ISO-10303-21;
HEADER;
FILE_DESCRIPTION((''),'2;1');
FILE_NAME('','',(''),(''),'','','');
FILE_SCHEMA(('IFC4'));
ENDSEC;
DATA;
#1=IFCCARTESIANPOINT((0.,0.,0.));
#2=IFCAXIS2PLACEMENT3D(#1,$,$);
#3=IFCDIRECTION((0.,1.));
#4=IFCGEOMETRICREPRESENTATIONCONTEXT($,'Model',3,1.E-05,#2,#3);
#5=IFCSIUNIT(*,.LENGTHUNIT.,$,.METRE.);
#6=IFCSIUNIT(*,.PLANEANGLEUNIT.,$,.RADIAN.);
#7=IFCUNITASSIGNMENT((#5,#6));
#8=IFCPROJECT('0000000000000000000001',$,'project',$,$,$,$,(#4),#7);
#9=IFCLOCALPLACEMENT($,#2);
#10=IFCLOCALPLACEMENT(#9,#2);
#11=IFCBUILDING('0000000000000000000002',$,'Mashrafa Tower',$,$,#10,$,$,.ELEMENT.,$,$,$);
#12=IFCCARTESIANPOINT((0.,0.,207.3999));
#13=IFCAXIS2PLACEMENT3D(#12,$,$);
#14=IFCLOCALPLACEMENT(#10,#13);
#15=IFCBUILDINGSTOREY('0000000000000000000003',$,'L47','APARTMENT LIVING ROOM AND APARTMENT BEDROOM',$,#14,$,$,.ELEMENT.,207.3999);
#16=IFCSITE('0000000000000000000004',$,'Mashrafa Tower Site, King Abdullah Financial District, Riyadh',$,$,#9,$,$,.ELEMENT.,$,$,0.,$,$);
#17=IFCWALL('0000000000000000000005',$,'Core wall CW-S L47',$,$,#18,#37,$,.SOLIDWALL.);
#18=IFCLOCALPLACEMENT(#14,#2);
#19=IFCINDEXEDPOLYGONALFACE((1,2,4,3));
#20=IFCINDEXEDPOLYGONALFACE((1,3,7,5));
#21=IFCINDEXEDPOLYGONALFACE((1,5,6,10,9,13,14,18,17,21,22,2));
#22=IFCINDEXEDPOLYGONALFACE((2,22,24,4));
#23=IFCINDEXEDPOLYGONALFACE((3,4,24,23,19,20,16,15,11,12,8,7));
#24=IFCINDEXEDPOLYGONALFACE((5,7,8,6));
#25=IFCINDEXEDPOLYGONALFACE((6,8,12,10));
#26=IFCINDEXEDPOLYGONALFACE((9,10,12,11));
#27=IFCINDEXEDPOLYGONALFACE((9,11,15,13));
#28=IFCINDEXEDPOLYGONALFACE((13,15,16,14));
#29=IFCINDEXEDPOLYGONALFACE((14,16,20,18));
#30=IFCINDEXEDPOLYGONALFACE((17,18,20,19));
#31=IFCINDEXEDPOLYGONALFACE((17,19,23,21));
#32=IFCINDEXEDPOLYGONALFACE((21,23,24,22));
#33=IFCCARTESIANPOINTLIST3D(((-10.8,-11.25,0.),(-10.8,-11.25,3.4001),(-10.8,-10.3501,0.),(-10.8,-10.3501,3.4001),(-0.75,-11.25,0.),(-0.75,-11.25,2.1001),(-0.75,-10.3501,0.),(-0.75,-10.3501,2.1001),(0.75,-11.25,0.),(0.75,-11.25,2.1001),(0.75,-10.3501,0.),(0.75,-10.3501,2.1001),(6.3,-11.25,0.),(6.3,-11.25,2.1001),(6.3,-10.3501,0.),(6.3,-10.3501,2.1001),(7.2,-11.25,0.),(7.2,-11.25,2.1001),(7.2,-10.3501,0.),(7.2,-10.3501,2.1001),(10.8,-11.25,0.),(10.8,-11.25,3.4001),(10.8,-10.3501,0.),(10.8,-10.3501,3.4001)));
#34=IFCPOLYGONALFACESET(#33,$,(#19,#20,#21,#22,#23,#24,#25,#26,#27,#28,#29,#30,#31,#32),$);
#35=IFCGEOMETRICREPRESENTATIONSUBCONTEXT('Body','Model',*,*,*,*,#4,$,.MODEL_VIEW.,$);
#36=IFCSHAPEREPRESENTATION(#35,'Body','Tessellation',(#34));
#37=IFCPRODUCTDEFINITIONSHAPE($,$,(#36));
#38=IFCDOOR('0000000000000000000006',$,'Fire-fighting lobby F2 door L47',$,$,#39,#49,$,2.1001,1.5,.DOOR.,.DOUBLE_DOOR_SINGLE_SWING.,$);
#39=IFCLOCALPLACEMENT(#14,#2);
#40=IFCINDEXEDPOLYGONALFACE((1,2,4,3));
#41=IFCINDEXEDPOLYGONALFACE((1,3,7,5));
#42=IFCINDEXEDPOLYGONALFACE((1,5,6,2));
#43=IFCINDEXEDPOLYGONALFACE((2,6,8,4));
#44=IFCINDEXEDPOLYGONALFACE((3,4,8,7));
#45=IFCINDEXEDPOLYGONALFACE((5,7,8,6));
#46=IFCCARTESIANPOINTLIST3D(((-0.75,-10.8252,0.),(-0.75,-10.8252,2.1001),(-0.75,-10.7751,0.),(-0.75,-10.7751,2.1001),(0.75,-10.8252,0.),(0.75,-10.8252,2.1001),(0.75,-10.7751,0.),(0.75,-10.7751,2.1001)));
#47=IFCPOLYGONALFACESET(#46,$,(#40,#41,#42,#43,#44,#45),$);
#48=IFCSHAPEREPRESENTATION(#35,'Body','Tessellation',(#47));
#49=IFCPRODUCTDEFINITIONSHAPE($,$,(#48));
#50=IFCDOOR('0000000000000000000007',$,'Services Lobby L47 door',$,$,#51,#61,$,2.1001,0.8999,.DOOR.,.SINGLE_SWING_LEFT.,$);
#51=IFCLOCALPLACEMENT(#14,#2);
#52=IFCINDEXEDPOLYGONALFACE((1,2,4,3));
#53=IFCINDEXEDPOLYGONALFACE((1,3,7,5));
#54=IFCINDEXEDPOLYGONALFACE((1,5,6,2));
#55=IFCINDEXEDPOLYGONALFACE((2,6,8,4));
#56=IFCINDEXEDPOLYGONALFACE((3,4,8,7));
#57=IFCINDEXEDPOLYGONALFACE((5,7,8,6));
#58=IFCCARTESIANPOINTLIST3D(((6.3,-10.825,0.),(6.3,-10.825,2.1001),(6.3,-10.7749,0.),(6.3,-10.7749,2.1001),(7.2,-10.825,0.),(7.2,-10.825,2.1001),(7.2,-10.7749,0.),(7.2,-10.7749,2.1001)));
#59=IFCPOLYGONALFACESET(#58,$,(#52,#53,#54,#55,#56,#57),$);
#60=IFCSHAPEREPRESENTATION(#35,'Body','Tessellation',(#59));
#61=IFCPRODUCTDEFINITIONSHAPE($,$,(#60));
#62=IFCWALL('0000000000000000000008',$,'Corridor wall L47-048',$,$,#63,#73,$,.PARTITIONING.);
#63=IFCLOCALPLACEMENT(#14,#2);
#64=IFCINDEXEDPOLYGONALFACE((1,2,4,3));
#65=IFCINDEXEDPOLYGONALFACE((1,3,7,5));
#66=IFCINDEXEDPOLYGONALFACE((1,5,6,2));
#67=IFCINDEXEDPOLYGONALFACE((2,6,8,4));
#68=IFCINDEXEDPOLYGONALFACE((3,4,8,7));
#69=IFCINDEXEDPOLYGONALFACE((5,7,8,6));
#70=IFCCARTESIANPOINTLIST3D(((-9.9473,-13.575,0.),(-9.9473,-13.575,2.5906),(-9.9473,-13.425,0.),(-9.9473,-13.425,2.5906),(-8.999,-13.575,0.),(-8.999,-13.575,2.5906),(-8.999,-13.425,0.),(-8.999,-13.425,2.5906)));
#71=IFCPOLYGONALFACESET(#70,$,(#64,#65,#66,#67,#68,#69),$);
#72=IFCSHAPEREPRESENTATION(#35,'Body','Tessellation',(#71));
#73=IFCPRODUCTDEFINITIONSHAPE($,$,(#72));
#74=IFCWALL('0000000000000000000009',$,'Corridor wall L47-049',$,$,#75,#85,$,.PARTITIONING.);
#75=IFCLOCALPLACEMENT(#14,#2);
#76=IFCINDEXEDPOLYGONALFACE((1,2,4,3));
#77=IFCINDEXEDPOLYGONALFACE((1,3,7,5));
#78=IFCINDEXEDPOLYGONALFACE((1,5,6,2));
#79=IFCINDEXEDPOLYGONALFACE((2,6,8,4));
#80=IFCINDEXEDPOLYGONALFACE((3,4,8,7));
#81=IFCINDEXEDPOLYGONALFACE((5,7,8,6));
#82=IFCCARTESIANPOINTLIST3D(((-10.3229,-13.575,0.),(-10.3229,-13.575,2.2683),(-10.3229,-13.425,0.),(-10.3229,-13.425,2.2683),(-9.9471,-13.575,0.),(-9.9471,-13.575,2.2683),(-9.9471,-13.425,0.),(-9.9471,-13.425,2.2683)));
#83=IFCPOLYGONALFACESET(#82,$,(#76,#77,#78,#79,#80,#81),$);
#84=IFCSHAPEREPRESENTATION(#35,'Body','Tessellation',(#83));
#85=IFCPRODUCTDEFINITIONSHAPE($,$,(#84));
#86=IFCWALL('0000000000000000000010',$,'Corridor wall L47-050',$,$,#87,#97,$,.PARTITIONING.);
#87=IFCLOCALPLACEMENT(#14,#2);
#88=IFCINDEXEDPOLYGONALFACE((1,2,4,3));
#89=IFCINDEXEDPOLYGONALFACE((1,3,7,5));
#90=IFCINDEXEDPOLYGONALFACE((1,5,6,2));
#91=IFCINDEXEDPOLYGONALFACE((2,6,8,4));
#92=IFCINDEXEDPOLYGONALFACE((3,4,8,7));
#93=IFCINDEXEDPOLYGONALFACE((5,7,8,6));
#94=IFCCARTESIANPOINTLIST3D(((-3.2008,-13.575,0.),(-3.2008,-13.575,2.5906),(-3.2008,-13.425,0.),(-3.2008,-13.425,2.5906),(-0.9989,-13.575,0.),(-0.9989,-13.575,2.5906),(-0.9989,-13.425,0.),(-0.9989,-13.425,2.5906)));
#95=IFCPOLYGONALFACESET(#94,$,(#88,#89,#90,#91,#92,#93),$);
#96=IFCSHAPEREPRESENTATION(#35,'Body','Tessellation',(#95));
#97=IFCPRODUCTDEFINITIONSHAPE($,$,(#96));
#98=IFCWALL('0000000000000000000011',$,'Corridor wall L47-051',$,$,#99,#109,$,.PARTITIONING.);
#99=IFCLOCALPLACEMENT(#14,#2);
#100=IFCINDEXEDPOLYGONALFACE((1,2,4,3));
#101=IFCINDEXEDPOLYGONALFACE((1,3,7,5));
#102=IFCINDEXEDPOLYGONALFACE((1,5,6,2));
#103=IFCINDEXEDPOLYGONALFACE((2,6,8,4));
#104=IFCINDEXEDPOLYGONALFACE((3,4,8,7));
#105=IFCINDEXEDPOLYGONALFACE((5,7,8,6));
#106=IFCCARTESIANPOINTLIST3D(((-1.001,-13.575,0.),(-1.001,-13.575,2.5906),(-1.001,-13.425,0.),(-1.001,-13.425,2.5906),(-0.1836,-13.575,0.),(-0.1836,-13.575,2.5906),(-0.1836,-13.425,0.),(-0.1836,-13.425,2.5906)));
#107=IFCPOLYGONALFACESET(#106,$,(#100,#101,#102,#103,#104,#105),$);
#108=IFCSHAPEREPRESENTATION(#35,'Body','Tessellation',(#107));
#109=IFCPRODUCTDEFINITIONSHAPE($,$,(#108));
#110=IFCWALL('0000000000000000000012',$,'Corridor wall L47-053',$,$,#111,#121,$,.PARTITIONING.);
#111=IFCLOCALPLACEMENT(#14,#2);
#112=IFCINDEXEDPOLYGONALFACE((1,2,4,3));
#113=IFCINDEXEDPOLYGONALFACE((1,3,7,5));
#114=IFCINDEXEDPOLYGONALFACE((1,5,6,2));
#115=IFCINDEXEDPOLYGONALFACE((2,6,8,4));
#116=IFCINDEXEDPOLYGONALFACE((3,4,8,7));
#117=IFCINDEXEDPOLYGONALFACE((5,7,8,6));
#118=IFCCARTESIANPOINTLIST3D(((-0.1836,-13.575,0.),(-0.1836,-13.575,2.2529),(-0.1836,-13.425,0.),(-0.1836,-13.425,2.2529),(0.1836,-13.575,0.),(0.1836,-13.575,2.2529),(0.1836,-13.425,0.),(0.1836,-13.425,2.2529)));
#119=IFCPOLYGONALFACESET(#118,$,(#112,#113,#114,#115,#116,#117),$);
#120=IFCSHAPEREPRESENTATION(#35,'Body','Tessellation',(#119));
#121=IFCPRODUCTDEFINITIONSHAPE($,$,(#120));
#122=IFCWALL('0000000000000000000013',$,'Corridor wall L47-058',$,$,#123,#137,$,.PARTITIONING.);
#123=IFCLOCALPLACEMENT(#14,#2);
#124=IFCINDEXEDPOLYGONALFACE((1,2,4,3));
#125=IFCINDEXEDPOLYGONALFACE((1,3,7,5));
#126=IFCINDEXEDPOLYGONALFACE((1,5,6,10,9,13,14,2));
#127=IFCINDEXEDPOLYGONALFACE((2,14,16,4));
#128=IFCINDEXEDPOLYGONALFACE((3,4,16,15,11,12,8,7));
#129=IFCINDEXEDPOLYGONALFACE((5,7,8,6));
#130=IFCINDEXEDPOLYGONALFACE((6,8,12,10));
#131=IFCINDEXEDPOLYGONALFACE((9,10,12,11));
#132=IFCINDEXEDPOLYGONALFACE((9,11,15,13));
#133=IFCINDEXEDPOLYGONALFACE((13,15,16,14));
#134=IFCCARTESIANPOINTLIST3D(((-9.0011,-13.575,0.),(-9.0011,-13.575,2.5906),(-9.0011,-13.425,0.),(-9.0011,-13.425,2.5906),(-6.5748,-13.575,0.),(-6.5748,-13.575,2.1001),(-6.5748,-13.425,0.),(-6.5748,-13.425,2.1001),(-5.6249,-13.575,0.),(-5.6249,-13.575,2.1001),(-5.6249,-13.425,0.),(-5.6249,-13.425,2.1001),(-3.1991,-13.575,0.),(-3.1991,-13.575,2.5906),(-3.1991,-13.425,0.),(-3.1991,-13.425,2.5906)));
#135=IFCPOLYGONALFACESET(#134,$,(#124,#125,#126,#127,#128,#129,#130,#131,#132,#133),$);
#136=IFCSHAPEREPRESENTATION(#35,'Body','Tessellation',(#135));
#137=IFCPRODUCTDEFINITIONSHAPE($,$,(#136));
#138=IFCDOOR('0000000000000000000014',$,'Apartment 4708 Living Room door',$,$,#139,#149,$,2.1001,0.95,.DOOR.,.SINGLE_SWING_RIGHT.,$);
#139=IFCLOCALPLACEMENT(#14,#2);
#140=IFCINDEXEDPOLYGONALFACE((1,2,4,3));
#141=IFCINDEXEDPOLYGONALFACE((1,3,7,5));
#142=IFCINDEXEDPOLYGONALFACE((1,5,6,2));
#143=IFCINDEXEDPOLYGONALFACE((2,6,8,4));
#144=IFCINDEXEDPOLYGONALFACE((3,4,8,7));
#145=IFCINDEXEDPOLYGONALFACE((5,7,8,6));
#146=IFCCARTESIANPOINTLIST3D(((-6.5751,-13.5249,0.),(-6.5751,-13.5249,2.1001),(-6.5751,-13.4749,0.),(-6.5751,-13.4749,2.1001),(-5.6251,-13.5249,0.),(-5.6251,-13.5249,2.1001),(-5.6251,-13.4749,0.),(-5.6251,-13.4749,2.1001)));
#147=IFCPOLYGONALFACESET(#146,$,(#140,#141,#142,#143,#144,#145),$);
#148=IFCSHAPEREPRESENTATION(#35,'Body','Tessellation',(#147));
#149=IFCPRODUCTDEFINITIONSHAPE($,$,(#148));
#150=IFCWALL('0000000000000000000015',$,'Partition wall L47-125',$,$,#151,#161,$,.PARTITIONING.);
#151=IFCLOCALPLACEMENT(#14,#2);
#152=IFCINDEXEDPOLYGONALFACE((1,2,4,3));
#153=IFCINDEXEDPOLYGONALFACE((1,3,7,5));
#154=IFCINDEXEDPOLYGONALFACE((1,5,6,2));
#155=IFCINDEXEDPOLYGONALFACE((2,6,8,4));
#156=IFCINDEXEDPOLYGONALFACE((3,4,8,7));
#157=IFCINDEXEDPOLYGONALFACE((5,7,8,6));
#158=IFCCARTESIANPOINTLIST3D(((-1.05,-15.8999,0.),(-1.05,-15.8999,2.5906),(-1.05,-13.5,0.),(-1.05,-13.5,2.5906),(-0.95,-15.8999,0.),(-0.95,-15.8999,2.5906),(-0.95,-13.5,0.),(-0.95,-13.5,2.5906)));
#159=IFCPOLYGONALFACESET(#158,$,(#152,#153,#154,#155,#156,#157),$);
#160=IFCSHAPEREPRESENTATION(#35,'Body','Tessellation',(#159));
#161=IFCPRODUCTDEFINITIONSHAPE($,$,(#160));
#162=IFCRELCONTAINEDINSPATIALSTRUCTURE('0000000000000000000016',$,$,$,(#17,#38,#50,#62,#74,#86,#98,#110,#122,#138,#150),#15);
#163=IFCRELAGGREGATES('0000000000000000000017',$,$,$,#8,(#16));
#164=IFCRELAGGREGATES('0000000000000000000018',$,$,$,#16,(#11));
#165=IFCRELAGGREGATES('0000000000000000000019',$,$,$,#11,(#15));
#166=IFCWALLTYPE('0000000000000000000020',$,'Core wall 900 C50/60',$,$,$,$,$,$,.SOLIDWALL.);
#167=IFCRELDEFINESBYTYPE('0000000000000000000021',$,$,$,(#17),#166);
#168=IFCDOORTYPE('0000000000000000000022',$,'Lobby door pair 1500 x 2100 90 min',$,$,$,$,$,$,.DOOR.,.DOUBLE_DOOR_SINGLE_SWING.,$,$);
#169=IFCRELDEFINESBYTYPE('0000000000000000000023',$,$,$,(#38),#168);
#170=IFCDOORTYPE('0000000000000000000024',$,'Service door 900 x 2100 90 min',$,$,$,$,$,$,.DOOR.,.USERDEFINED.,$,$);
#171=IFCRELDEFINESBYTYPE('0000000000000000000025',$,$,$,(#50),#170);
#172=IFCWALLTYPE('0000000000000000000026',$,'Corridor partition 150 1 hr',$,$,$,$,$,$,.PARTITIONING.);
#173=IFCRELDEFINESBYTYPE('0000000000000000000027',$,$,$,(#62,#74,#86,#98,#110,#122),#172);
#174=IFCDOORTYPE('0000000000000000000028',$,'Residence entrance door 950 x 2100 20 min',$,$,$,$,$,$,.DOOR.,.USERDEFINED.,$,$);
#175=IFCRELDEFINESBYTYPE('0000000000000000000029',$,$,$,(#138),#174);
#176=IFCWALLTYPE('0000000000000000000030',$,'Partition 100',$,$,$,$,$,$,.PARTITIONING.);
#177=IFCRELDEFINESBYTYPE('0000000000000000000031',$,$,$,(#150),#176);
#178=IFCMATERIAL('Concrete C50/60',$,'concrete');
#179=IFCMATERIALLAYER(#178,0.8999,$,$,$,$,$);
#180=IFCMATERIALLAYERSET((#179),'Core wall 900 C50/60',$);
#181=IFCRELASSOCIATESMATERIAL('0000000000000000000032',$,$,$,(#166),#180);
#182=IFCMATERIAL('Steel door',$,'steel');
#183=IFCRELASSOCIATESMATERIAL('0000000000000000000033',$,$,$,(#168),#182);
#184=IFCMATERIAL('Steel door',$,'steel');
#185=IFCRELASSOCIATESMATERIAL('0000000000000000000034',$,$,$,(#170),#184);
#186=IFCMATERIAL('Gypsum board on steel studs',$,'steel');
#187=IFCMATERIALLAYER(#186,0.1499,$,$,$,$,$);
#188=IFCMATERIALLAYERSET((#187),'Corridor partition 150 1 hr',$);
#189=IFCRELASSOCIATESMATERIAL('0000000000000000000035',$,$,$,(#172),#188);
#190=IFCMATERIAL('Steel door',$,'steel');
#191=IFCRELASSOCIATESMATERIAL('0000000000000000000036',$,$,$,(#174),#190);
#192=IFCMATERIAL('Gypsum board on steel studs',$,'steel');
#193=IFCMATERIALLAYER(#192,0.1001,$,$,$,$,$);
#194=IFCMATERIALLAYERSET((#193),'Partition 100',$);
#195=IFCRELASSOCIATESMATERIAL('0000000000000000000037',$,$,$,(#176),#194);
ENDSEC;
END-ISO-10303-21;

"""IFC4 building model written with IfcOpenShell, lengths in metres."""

from ifc_helpers import new_model, si_unit, direction, frame, frame_2d, origin, place, context, subcontext, project, spatial, rectangle, extrude, material, layer, layer_set, type_object, element, fill, save


model = new_model("IFC4")

# Units and contexts
model_context = context("Model", 3, precision=1e-05, world=origin(), true_north=direction((0.0, 1.0)))
body_context = subcontext(model_context, "Body", "Model", "MODEL_VIEW")
ifc_project = project(units=[si_unit("LENGTHUNIT", "METRE"), si_unit("PLANEANGLEUNIT", "RADIAN")], contexts=[model_context])

# Site, building, storey
site_placement = place(None, origin())
site = spatial("IfcSite", under=ifc_project, at=site_placement, Name="Mashrafa Tower Site, King Abdullah Financial District, Riyadh", CompositionType="ELEMENT", RefElevation=0.0)
building_placement = place(site_placement, origin())
building = spatial("IfcBuilding", under=site, at=building_placement, Name="Mashrafa Tower", CompositionType="ELEMENT")
storey_placement = place(building_placement, frame((0.0, 0.0, 207.3999)))
storey = spatial("IfcBuildingStorey", under=building, at=storey_placement, Name="L47", Description="APARTMENT LIVING ROOM AND APARTMENT BEDROOM", CompositionType="ELEMENT", Elevation=207.3999)

# Wall, openings, doors
ifc_material_1 = material(Name="Concrete C50/60", Category="concrete")
ifc_layer_1 = layer(ifc_material_1, 0.8999)
ifc_layer_set_1 = layer_set([ifc_layer_1], Name="Core wall 900 C50/60")
wall_type_1 = type_object("IfcWallType", Name="Core wall 900 C50/60", PredefinedType="SOLIDWALL", material=ifc_layer_set_1)
wall_1_placement = place(storey_placement, frame((-10.8, -10.8, 0.0), z_axis=(0.0, 0.0, 1.0), x_axis=(1.0, 0.0, 0.0)))
wall_1 = element("IfcWall", 1, at=wall_1_placement, inside=storey, type_object=wall_type_1, Name="Core wall CW-S L47", PredefinedType="SOLIDWALL", context=body_context, shape_type="SweptSolid", body=[
    extrude(rectangle(XDim=21.6001, YDim=0.8999, at=frame_2d((10.8, 0.0))), origin(), (0.0, 0.0, 1.0), 3.4001),
])
opening_1_placement = place(wall_1_placement, frame((10.05, 0.0, 0.0)))
opening_1 = element("IfcOpeningElement", 2, at=opening_1_placement, cuts=wall_1, PredefinedType="OPENING", context=body_context, shape_type="SweptSolid", body=[
    extrude(rectangle(XDim=1.5, YDim=2.1001, at=frame_2d((0.75, 1.05))), frame((0.0, 0.46, 0.0), z_axis=(0.0, -1.0, 0.0), x_axis=(1.0, 0.0, 0.0)), (0.0, 0.0, 1.0), 0.9199),
])
opening_2_placement = place(wall_1_placement, frame((17.1001, 0.0, 0.0)))
opening_2 = element("IfcOpeningElement", 3, at=opening_2_placement, cuts=wall_1, PredefinedType="OPENING", context=body_context, shape_type="SweptSolid", body=[
    extrude(rectangle(XDim=0.8999, YDim=2.1001, at=frame_2d((0.45, 1.05))), frame((0.0, 0.46, 0.0), z_axis=(0.0, -1.0, 0.0), x_axis=(1.0, 0.0, 0.0)), (0.0, 0.0, 1.0), 0.9199),
])
ifc_material_2 = material(Name="Steel door", Category="steel")
door_type_1 = type_object("IfcDoorType", Name="Lobby door pair 1500 x 2100 90 min", OperationType="DOUBLE_DOOR_SINGLE_SWING", PredefinedType="DOOR", material=ifc_material_2)
door_1_placement = place(opening_1_placement, origin())
door_1 = element("IfcDoor", 4, at=door_1_placement, inside=storey, type_object=door_type_1, Name="Fire-fighting lobby F2 door L47", OperationType="DOUBLE_DOOR_SINGLE_SWING", OverallHeight=2.1001, OverallWidth=1.5, PredefinedType="DOOR", context=body_context, shape_type="SweptSolid", body=[
    extrude(rectangle(XDim=1.5, YDim=2.1001, at=frame_2d((0.75, 1.05))), frame((0.0, 0.0249, 0.0), z_axis=(0.0, -1.0, 0.0), x_axis=(1.0, 0.0, 0.0)), (0.0, 0.0, 1.0), 0.05),
])
fill(opening_1, door_1)
ifc_material_3 = material(Name="Steel door", Category="steel")
door_type_2 = type_object("IfcDoorType", Name="Service door 900 x 2100 90 min", OperationType="USERDEFINED", PredefinedType="DOOR", material=ifc_material_3)
door_2_placement = place(opening_2_placement, frame((0.8999, 0.0, 0.0), z_axis=(0.0, 0.0, 1.0), x_axis=(-1.0, 0.0, 0.0)))
door_2 = element("IfcDoor", 5, at=door_2_placement, inside=storey, type_object=door_type_2, Name="Services Lobby L47 door", OperationType="SINGLE_SWING_LEFT", OverallHeight=2.1001, OverallWidth=0.8999, PredefinedType="DOOR", context=body_context, shape_type="SweptSolid", body=[
    extrude(rectangle(XDim=0.8999, YDim=2.1001, at=frame_2d((0.45, 1.05))), frame((0.0, 0.0249, 0.0), z_axis=(0.0, -1.0, 0.0), x_axis=(1.0, 0.0, 0.0)), (0.0, 0.0, 1.0), 0.05),
])
fill(opening_2, door_2)

# Walls
ifc_material_4 = material(Name="Gypsum board on steel studs", Category="steel")
ifc_layer_2 = layer(ifc_material_4, 0.1499)
ifc_layer_set_2 = layer_set([ifc_layer_2], Name="Corridor partition 150 1 hr")
wall_type_2 = type_object("IfcWallType", Name="Corridor partition 150 1 hr", PredefinedType="PARTITIONING", material=ifc_layer_set_2)
wall_2_placement = place(storey_placement, frame((-9.9473, -13.5, 0.0), z_axis=(0.0, 0.0, 1.0), x_axis=(1.0, 0.0, 0.0)))
element("IfcWall", 6, at=wall_2_placement, inside=storey, type_object=wall_type_2, Name="Corridor wall L47-048", PredefinedType="PARTITIONING", context=body_context, shape_type="SweptSolid", body=[
    extrude(rectangle(XDim=0.9482, YDim=0.1499, at=frame_2d((0.4741, 0.0))), origin(), (0.0, 0.0, 1.0), 2.5906),
])
wall_3_placement = place(storey_placement, frame((-10.323, -13.5, 0.0), z_axis=(0.0, 0.0, 1.0), x_axis=(1.0, 0.0, 0.0)))
element("IfcWall", 7, at=wall_3_placement, inside=storey, type_object=wall_type_2, Name="Corridor wall L47-049", PredefinedType="PARTITIONING", context=body_context, shape_type="SweptSolid", body=[
    extrude(rectangle(XDim=0.3757, YDim=0.1499, at=frame_2d((0.188, 0.0))), origin(), (0.0, 0.0, 1.0), 2.2683),
])
wall_4_placement = place(storey_placement, frame((-3.2009, -13.5, 0.0), z_axis=(0.0, 0.0, 1.0), x_axis=(1.0, 0.0, 0.0)))
element("IfcWall", 8, at=wall_4_placement, inside=storey, type_object=wall_type_2, Name="Corridor wall L47-050", PredefinedType="PARTITIONING", context=body_context, shape_type="SweptSolid", body=[
    extrude(rectangle(XDim=2.2019, YDim=0.1499, at=frame_2d((1.1011, 0.0))), origin(), (0.0, 0.0, 1.0), 2.5906),
])
wall_5_placement = place(storey_placement, frame((-1.001, -13.5, 0.0), z_axis=(0.0, 0.0, 1.0), x_axis=(1.0, 0.0, 0.0)))
element("IfcWall", 9, at=wall_5_placement, inside=storey, type_object=wall_type_2, Name="Corridor wall L47-051", PredefinedType="PARTITIONING", context=body_context, shape_type="SweptSolid", body=[
    extrude(rectangle(XDim=0.8174, YDim=0.1499, at=frame_2d((0.4087, 0.0))), origin(), (0.0, 0.0, 1.0), 2.5906),
])
wall_6_placement = place(storey_placement, frame((-0.1836, -13.5, 0.0), z_axis=(0.0, 0.0, 1.0), x_axis=(1.0, 0.0, 0.0)))
element("IfcWall", 10, at=wall_6_placement, inside=storey, type_object=wall_type_2, Name="Corridor wall L47-053", PredefinedType="PARTITIONING", context=body_context, shape_type="SweptSolid", body=[
    extrude(rectangle(XDim=0.3672, YDim=0.1499, at=frame_2d((0.1836, 0.0))), origin(), (0.0, 0.0, 1.0), 2.2529),
])

# Wall, opening, door
wall_7_placement = place(storey_placement, frame((-9.001, -13.5, 0.0), z_axis=(0.0, 0.0, 1.0), x_axis=(1.0, 0.0, 0.0)))
wall_7 = element("IfcWall", 11, at=wall_7_placement, inside=storey, type_object=wall_type_2, Name="Corridor wall L47-058", PredefinedType="PARTITIONING", context=body_context, shape_type="SweptSolid", body=[
    extrude(rectangle(XDim=5.802, YDim=0.1499, at=frame_2d((2.9009, 0.0))), origin(), (0.0, 0.0, 1.0), 2.5906),
])
opening_3_placement = place(wall_7_placement, frame((2.426, 0.0, 0.0)))
opening_3 = element("IfcOpeningElement", 12, at=opening_3_placement, cuts=wall_7, PredefinedType="OPENING", context=body_context, shape_type="SweptSolid", body=[
    extrude(rectangle(XDim=0.95, YDim=2.1001, at=frame_2d((0.4751, 1.05))), frame((0.0, 0.085, 0.0), z_axis=(0.0, -1.0, 0.0), x_axis=(1.0, 0.0, 0.0)), (0.0, 0.0, 1.0), 0.1699),
])
ifc_material_5 = material(Name="Steel door", Category="steel")
door_type_3 = type_object("IfcDoorType", Name="Residence entrance door 950 x 2100 20 min", OperationType="USERDEFINED", PredefinedType="DOOR", material=ifc_material_5)
door_3_placement = place(opening_3_placement, frame((0.95, 0.0, 0.0), z_axis=(0.0, 0.0, 1.0), x_axis=(-1.0, 0.0, 0.0)))
door_3 = element("IfcDoor", 13, at=door_3_placement, inside=storey, type_object=door_type_3, Name="Apartment 4708 Living Room door", OperationType="SINGLE_SWING_RIGHT", OverallHeight=2.1001, OverallWidth=0.95, PredefinedType="DOOR", context=body_context, shape_type="SweptSolid", body=[
    extrude(rectangle(XDim=0.95, YDim=2.1001, at=frame_2d((0.4751, 1.05))), frame((0.0, 0.0249, 0.0), z_axis=(0.0, -1.0, 0.0), x_axis=(1.0, 0.0, 0.0)), (0.0, 0.0, 1.0), 0.05),
])
fill(opening_3, door_3)

# Wall
ifc_material_6 = material(Name="Gypsum board on steel studs", Category="steel")
ifc_layer_3 = layer(ifc_material_6, 0.1001)
ifc_layer_set_3 = layer_set([ifc_layer_3], Name="Partition 100")
wall_type_3 = type_object("IfcWallType", Name="Partition 100", PredefinedType="PARTITIONING", material=ifc_layer_set_3)
wall_8_placement = place(storey_placement, frame((-1.0, -15.8999, 0.0), z_axis=(0.0, 0.0, 1.0), x_axis=(0.0, 1.0, 0.0)))
element("IfcWall", 14, at=wall_8_placement, inside=storey, type_object=wall_type_3, Name="Partition wall L47-125", PredefinedType="PARTITIONING", context=body_context, shape_type="SweptSolid", body=[
    extrude(rectangle(XDim=2.3999, YDim=0.1001, at=frame_2d((1.2, 0.0))), origin(), (0.0, 0.0, 1.0), 2.5906),
])

save(model, "model.ifc")
